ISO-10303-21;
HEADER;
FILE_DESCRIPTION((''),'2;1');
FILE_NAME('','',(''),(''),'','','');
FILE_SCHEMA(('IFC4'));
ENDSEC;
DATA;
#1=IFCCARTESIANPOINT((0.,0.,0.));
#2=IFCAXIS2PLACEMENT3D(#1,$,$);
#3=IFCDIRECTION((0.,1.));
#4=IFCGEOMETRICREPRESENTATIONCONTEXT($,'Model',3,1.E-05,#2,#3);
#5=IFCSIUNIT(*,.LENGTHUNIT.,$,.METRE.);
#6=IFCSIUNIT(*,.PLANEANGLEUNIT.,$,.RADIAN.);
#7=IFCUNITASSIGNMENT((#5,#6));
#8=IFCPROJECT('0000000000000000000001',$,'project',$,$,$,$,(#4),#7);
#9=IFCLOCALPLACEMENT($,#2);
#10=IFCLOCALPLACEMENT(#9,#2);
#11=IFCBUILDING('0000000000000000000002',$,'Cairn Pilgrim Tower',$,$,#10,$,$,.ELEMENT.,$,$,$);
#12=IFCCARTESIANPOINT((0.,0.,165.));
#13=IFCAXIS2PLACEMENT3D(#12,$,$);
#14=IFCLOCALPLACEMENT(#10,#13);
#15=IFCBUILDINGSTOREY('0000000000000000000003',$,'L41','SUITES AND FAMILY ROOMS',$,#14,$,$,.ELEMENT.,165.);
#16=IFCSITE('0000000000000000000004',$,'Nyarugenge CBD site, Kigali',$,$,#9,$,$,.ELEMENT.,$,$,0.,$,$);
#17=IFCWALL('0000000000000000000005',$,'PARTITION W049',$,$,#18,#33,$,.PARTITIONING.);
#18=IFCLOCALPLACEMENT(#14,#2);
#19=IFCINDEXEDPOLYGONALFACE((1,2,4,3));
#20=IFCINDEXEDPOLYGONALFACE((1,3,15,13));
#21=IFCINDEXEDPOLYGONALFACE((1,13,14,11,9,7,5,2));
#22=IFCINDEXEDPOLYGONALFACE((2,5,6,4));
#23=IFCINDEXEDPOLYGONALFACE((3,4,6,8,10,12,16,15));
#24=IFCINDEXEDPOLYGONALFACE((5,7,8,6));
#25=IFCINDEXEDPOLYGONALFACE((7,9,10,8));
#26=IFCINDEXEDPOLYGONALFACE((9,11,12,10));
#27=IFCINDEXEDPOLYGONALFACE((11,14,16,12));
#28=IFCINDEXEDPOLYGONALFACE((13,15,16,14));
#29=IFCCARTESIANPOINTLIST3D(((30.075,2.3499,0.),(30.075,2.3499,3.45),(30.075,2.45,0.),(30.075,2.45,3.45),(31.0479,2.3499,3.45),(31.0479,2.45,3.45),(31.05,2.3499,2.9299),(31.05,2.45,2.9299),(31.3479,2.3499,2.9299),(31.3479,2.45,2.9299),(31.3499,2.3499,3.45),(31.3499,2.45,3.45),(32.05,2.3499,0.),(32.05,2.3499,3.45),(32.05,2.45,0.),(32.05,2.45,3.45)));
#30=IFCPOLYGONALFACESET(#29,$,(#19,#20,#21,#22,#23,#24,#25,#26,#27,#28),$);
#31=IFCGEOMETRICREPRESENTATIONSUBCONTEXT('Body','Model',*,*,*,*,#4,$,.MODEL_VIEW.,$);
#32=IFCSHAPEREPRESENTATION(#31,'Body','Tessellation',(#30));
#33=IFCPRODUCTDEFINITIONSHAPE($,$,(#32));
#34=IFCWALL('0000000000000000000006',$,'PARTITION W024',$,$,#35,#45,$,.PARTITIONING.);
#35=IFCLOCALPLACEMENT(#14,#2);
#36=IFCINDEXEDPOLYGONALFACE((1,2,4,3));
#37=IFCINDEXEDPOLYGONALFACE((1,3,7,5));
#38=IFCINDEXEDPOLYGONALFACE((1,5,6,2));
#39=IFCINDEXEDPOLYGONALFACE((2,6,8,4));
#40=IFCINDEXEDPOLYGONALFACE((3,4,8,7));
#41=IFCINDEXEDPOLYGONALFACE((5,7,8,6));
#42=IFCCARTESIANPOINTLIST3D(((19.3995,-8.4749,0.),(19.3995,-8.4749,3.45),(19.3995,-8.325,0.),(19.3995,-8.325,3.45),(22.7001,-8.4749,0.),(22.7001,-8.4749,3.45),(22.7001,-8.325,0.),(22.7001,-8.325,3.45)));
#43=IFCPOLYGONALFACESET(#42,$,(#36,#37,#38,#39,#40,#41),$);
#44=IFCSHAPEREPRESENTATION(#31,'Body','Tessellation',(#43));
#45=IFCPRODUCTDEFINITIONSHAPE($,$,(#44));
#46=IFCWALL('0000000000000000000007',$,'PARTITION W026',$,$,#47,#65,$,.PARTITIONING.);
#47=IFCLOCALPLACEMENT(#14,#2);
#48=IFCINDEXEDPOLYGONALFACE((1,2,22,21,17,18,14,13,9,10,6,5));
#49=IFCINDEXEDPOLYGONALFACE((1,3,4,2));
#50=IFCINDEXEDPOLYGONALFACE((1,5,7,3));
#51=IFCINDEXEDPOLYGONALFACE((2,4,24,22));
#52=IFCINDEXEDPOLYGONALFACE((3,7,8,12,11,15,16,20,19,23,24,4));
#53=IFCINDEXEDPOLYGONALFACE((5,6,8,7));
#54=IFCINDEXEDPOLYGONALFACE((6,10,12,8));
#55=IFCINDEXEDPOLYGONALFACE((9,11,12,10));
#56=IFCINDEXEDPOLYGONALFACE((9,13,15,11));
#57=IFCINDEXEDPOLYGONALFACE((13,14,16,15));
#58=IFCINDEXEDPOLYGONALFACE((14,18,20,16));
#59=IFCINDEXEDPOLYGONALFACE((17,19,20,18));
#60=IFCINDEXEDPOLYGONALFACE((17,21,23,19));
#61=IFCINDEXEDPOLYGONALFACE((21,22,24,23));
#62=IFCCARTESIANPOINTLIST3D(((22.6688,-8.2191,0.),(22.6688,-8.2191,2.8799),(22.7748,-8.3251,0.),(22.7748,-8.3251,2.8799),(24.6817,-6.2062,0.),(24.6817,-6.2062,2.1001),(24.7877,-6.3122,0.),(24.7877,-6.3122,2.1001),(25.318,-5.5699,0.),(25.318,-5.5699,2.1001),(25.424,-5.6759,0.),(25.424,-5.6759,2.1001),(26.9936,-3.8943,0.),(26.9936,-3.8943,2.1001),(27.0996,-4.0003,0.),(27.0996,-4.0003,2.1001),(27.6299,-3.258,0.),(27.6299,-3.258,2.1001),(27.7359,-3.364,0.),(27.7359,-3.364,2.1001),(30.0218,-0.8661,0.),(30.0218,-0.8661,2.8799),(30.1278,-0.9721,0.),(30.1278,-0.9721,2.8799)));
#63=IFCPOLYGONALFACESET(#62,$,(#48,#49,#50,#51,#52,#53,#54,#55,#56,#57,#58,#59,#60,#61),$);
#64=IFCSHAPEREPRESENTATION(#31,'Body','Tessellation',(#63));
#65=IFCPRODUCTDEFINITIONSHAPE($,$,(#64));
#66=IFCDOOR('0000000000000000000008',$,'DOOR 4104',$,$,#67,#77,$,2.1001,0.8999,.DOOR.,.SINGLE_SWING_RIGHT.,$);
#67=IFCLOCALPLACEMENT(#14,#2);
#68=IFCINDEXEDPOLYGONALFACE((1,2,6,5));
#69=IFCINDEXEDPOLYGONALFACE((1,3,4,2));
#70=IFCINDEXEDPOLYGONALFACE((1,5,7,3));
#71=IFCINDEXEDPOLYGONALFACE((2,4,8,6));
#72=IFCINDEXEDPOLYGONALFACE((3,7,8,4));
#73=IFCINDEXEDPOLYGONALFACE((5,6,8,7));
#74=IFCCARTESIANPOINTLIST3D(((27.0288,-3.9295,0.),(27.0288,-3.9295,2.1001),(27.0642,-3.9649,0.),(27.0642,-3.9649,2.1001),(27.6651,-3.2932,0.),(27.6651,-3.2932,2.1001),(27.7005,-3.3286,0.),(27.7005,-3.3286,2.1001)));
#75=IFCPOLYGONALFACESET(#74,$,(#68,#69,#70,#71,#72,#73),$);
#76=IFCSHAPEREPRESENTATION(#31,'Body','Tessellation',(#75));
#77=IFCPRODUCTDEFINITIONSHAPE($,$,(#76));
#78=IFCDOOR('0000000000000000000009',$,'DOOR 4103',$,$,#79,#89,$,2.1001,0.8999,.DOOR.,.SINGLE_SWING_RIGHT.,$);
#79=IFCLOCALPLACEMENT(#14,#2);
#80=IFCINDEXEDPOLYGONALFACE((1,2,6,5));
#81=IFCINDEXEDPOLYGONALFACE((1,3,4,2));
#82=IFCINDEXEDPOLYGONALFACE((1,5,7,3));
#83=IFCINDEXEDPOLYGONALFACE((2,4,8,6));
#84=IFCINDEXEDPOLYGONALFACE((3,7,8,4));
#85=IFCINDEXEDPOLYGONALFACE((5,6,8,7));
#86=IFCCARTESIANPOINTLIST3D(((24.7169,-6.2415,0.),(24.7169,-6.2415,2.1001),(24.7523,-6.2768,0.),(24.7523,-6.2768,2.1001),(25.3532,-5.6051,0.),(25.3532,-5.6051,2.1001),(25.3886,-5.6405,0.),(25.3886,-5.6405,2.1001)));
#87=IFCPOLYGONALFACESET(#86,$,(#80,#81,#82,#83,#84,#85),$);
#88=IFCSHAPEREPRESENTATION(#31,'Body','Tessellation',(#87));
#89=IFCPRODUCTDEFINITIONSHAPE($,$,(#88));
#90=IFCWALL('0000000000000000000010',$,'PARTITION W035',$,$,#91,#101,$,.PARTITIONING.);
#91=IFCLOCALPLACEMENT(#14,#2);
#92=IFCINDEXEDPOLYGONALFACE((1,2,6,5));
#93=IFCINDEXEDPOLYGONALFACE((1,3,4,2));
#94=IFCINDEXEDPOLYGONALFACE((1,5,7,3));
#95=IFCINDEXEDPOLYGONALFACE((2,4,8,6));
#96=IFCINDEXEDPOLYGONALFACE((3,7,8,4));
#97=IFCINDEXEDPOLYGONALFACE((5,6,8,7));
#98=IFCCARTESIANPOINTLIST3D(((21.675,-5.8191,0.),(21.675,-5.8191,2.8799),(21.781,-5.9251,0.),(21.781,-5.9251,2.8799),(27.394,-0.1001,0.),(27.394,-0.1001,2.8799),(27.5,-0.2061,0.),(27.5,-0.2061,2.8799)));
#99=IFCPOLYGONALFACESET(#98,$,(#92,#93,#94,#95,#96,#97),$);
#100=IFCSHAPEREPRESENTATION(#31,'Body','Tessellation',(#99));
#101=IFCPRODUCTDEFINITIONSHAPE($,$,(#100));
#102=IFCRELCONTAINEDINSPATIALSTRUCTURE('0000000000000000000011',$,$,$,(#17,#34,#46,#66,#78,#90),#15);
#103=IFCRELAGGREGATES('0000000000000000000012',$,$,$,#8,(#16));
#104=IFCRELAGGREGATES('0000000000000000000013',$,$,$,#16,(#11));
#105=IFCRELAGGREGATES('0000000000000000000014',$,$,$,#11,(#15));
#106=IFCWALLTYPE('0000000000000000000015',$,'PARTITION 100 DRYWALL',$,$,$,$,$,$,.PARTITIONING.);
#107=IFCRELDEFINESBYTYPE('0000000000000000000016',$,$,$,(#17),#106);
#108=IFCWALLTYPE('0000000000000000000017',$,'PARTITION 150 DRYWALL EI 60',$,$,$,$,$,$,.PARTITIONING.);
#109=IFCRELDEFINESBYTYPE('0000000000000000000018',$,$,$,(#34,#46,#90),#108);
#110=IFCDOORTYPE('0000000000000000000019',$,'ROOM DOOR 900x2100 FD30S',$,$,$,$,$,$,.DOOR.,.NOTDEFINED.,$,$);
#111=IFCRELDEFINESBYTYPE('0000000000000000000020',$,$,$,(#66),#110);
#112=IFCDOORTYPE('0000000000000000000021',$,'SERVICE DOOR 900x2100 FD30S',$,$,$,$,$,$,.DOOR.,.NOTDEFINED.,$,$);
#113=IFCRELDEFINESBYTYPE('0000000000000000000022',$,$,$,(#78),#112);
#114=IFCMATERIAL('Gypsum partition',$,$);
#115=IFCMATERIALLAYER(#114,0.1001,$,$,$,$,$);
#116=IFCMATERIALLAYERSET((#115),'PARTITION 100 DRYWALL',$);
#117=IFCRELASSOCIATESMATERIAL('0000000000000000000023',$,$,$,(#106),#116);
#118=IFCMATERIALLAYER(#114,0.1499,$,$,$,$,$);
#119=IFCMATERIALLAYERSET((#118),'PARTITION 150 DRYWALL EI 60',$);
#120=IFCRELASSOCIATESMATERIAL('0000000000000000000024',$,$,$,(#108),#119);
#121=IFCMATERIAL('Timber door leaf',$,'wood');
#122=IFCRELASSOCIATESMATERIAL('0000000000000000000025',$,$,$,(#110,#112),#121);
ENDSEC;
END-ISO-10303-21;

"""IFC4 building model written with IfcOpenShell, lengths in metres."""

from ifc_helpers import new_model, si_unit, direction, frame, frame_2d, origin, place, context, subcontext, project, spatial, polyline, rectangle, outline, extrude, material, layer, layer_set, type_object, element, fill, save


model = new_model("IFC4")

# Units and contexts
model_context = context("Model", 3, precision=1e-05, world=origin(), true_north=direction((0.0, 1.0)))
body_context = subcontext(model_context, "Body", "Model", "MODEL_VIEW")
ifc_project = project(units=[si_unit("LENGTHUNIT", "METRE"), si_unit("PLANEANGLEUNIT", "RADIAN")], contexts=[model_context])

# Site, building, storey
site_placement = place(None, origin())
site = spatial("IfcSite", under=ifc_project, at=site_placement, Name="Nyarugenge CBD site, Kigali", CompositionType="ELEMENT", RefElevation=0.0)
building_placement = place(site_placement, origin())
building = spatial("IfcBuilding", under=site, at=building_placement, Name="Cairn Pilgrim Tower", CompositionType="ELEMENT")
storey_placement = place(building_placement, frame((0.0, 0.0, 165.0)))
storey = spatial("IfcBuildingStorey", under=building, at=storey_placement, Name="L41", Description="SUITES AND FAMILY ROOMS", CompositionType="ELEMENT", Elevation=165.0)

# Walls
ifc_material_1 = material(Name="Gypsum partition")
ifc_layer_1 = layer(ifc_material_1, 0.1001)
ifc_layer_set_1 = layer_set([ifc_layer_1], Name="PARTITION 100 DRYWALL")
wall_type_1 = type_object("IfcWallType", Name="PARTITION 100 DRYWALL", PredefinedType="PARTITIONING", material=ifc_layer_set_1)
wall_1_placement = place(storey_placement, frame((30.075, 2.3999, 0.0), z_axis=(0.0, 0.0, 1.0), x_axis=(1.0, 0.0, 0.0)))
element("IfcWall", 1, at=wall_1_placement, inside=storey, type_object=wall_type_1, Name="PARTITION W049", PredefinedType="PARTITIONING", context=body_context, shape_type="SweptSolid", body=[
    extrude(outline(polyline([(0.0, 0.0), (1.9751, 0.0), (1.9751, 3.45), (1.2749, 3.45), (1.2729, 2.9299), (0.9751, 2.9299), (0.9729, 3.45), (0.0, 3.45), (0.0, 0.0)])), frame((0.0, 0.05, 0.0), z_axis=(0.0, -1.0, 0.0), x_axis=(1.0, 0.0, 0.0)), (0.0, 0.0, 1.0), 0.1001),
])
ifc_layer_2 = layer(ifc_material_1, 0.1499)
ifc_layer_set_2 = layer_set([ifc_layer_2], Name="PARTITION 150 DRYWALL EI 60")
wall_type_2 = type_object("IfcWallType", Name="PARTITION 150 DRYWALL EI 60", PredefinedType="PARTITIONING", material=ifc_layer_set_2)
wall_2_placement = place(storey_placement, frame((19.3994, -8.3999, 0.0), z_axis=(0.0, 0.0, 1.0), x_axis=(1.0, 0.0, 0.0)))
element("IfcWall", 2, at=wall_2_placement, inside=storey, type_object=wall_type_2, Name="PARTITION W024", PredefinedType="PARTITIONING", context=body_context, shape_type="SweptSolid", body=[
    extrude(rectangle(XDim=3.3005, YDim=0.1499, at=frame_2d((1.6504, 0.0))), origin(), (0.0, 0.0, 1.0), 3.45),
])

# Wall, openings, doors
wall_3_placement = place(storey_placement, frame((22.7219, -8.272, 0.0), z_axis=(0.0, 0.0, 1.0), x_axis=(0.707107, 0.707107, 0.0)))
wall_3 = element("IfcWall", 3, at=wall_3_placement, inside=storey, type_object=wall_type_2, Name="PARTITION W026", PredefinedType="PARTITIONING", context=body_context, shape_type="SweptSolid", body=[
    extrude(rectangle(XDim=10.3987, YDim=0.1499, at=frame_2d((5.1992, 0.0))), origin(), (0.0, 0.0, 1.0), 2.8799),
])
opening_1_placement = place(wall_3_placement, frame((2.8464, 0.0, 0.0)))
opening_1 = element("IfcOpeningElement", 4, at=opening_1_placement, cuts=wall_3, PredefinedType="OPENING", context=body_context, shape_type="SweptSolid", body=[
    extrude(rectangle(XDim=0.8999, YDim=2.1001, at=frame_2d((0.45, 1.05))), frame((0.0, 0.085, 0.0), z_axis=(0.0, -1.0, 0.0), x_axis=(1.0, 0.0, 0.0)), (0.0, 0.0, 1.0), 0.1699),
])
opening_2_placement = place(wall_3_placement, frame((6.116, 0.0, 0.0)))
opening_2 = element("IfcOpeningElement", 5, at=opening_2_placement, cuts=wall_3, PredefinedType="OPENING", context=body_context, shape_type="SweptSolid", body=[
    extrude(rectangle(XDim=0.8999, YDim=2.1001, at=frame_2d((0.45, 1.05))), frame((0.0, 0.085, 0.0), z_axis=(0.0, -1.0, 0.0), x_axis=(1.0, 0.0, 0.0)), (0.0, 0.0, 1.0), 0.1699),
])
ifc_material_2 = material(Name="Timber door leaf", Category="wood")
door_type_1 = type_object("IfcDoorType", Name="ROOM DOOR 900x2100 FD30S", OperationType="NOTDEFINED", PredefinedType="DOOR", material=ifc_material_2)
door_1_placement = place(opening_2_placement, frame((0.8999, 0.0, 0.0), z_axis=(0.0, 0.0, 1.0), x_axis=(-1.0, 0.0, 0.0)))
door_1 = element("IfcDoor", 6, at=door_1_placement, inside=storey, type_object=door_type_1, Name="DOOR 4104", OperationType="SINGLE_SWING_RIGHT", OverallHeight=2.1001, OverallWidth=0.8999, PredefinedType="DOOR", context=body_context, shape_type="SweptSolid", body=[
    extrude(rectangle(XDim=0.8999, YDim=2.1001, at=frame_2d((0.45, 1.05))), frame((0.0, 0.0249, 0.0), z_axis=(0.0, -1.0, 0.0), x_axis=(1.0, 0.0, 0.0)), (0.0, 0.0, 1.0), 0.05),
])
fill(opening_2, door_1)
door_type_2 = type_object("IfcDoorType", Name="SERVICE DOOR 900x2100 FD30S", OperationType="NOTDEFINED", PredefinedType="DOOR", material=ifc_material_2)
door_2_placement = place(opening_1_placement, frame((0.8999, 0.0, 0.0), z_axis=(0.0, 0.0, 1.0), x_axis=(-1.0, 0.0, 0.0)))
door_2 = element("IfcDoor", 7, at=door_2_placement, inside=storey, type_object=door_type_2, Name="DOOR 4103", OperationType="SINGLE_SWING_RIGHT", OverallHeight=2.1001, OverallWidth=0.8999, PredefinedType="DOOR", context=body_context, shape_type="SweptSolid", body=[
    extrude(rectangle(XDim=0.8999, YDim=2.1001, at=frame_2d((0.45, 1.05))), frame((0.0, 0.0249, 0.0), z_axis=(0.0, -1.0, 0.0), x_axis=(1.0, 0.0, 0.0)), (0.0, 0.0, 1.0), 0.05),
])
fill(opening_1, door_2)

# Wall
wall_4_placement = place(storey_placement, frame((21.728, -5.8721, 0.0), z_axis=(0.0, 0.0, 1.0), x_axis=(0.707107, 0.707107, 0.0)))
element("IfcWall", 8, at=wall_4_placement, inside=storey, type_object=wall_type_2, Name="PARTITION W035", PredefinedType="PARTITIONING", context=body_context, shape_type="SweptSolid", body=[
    extrude(rectangle(XDim=8.0879, YDim=0.1499, at=frame_2d((4.0439, 0.0))), origin(), (0.0, 0.0, 1.0), 2.8799),
])

save(model, "model.ifc")
